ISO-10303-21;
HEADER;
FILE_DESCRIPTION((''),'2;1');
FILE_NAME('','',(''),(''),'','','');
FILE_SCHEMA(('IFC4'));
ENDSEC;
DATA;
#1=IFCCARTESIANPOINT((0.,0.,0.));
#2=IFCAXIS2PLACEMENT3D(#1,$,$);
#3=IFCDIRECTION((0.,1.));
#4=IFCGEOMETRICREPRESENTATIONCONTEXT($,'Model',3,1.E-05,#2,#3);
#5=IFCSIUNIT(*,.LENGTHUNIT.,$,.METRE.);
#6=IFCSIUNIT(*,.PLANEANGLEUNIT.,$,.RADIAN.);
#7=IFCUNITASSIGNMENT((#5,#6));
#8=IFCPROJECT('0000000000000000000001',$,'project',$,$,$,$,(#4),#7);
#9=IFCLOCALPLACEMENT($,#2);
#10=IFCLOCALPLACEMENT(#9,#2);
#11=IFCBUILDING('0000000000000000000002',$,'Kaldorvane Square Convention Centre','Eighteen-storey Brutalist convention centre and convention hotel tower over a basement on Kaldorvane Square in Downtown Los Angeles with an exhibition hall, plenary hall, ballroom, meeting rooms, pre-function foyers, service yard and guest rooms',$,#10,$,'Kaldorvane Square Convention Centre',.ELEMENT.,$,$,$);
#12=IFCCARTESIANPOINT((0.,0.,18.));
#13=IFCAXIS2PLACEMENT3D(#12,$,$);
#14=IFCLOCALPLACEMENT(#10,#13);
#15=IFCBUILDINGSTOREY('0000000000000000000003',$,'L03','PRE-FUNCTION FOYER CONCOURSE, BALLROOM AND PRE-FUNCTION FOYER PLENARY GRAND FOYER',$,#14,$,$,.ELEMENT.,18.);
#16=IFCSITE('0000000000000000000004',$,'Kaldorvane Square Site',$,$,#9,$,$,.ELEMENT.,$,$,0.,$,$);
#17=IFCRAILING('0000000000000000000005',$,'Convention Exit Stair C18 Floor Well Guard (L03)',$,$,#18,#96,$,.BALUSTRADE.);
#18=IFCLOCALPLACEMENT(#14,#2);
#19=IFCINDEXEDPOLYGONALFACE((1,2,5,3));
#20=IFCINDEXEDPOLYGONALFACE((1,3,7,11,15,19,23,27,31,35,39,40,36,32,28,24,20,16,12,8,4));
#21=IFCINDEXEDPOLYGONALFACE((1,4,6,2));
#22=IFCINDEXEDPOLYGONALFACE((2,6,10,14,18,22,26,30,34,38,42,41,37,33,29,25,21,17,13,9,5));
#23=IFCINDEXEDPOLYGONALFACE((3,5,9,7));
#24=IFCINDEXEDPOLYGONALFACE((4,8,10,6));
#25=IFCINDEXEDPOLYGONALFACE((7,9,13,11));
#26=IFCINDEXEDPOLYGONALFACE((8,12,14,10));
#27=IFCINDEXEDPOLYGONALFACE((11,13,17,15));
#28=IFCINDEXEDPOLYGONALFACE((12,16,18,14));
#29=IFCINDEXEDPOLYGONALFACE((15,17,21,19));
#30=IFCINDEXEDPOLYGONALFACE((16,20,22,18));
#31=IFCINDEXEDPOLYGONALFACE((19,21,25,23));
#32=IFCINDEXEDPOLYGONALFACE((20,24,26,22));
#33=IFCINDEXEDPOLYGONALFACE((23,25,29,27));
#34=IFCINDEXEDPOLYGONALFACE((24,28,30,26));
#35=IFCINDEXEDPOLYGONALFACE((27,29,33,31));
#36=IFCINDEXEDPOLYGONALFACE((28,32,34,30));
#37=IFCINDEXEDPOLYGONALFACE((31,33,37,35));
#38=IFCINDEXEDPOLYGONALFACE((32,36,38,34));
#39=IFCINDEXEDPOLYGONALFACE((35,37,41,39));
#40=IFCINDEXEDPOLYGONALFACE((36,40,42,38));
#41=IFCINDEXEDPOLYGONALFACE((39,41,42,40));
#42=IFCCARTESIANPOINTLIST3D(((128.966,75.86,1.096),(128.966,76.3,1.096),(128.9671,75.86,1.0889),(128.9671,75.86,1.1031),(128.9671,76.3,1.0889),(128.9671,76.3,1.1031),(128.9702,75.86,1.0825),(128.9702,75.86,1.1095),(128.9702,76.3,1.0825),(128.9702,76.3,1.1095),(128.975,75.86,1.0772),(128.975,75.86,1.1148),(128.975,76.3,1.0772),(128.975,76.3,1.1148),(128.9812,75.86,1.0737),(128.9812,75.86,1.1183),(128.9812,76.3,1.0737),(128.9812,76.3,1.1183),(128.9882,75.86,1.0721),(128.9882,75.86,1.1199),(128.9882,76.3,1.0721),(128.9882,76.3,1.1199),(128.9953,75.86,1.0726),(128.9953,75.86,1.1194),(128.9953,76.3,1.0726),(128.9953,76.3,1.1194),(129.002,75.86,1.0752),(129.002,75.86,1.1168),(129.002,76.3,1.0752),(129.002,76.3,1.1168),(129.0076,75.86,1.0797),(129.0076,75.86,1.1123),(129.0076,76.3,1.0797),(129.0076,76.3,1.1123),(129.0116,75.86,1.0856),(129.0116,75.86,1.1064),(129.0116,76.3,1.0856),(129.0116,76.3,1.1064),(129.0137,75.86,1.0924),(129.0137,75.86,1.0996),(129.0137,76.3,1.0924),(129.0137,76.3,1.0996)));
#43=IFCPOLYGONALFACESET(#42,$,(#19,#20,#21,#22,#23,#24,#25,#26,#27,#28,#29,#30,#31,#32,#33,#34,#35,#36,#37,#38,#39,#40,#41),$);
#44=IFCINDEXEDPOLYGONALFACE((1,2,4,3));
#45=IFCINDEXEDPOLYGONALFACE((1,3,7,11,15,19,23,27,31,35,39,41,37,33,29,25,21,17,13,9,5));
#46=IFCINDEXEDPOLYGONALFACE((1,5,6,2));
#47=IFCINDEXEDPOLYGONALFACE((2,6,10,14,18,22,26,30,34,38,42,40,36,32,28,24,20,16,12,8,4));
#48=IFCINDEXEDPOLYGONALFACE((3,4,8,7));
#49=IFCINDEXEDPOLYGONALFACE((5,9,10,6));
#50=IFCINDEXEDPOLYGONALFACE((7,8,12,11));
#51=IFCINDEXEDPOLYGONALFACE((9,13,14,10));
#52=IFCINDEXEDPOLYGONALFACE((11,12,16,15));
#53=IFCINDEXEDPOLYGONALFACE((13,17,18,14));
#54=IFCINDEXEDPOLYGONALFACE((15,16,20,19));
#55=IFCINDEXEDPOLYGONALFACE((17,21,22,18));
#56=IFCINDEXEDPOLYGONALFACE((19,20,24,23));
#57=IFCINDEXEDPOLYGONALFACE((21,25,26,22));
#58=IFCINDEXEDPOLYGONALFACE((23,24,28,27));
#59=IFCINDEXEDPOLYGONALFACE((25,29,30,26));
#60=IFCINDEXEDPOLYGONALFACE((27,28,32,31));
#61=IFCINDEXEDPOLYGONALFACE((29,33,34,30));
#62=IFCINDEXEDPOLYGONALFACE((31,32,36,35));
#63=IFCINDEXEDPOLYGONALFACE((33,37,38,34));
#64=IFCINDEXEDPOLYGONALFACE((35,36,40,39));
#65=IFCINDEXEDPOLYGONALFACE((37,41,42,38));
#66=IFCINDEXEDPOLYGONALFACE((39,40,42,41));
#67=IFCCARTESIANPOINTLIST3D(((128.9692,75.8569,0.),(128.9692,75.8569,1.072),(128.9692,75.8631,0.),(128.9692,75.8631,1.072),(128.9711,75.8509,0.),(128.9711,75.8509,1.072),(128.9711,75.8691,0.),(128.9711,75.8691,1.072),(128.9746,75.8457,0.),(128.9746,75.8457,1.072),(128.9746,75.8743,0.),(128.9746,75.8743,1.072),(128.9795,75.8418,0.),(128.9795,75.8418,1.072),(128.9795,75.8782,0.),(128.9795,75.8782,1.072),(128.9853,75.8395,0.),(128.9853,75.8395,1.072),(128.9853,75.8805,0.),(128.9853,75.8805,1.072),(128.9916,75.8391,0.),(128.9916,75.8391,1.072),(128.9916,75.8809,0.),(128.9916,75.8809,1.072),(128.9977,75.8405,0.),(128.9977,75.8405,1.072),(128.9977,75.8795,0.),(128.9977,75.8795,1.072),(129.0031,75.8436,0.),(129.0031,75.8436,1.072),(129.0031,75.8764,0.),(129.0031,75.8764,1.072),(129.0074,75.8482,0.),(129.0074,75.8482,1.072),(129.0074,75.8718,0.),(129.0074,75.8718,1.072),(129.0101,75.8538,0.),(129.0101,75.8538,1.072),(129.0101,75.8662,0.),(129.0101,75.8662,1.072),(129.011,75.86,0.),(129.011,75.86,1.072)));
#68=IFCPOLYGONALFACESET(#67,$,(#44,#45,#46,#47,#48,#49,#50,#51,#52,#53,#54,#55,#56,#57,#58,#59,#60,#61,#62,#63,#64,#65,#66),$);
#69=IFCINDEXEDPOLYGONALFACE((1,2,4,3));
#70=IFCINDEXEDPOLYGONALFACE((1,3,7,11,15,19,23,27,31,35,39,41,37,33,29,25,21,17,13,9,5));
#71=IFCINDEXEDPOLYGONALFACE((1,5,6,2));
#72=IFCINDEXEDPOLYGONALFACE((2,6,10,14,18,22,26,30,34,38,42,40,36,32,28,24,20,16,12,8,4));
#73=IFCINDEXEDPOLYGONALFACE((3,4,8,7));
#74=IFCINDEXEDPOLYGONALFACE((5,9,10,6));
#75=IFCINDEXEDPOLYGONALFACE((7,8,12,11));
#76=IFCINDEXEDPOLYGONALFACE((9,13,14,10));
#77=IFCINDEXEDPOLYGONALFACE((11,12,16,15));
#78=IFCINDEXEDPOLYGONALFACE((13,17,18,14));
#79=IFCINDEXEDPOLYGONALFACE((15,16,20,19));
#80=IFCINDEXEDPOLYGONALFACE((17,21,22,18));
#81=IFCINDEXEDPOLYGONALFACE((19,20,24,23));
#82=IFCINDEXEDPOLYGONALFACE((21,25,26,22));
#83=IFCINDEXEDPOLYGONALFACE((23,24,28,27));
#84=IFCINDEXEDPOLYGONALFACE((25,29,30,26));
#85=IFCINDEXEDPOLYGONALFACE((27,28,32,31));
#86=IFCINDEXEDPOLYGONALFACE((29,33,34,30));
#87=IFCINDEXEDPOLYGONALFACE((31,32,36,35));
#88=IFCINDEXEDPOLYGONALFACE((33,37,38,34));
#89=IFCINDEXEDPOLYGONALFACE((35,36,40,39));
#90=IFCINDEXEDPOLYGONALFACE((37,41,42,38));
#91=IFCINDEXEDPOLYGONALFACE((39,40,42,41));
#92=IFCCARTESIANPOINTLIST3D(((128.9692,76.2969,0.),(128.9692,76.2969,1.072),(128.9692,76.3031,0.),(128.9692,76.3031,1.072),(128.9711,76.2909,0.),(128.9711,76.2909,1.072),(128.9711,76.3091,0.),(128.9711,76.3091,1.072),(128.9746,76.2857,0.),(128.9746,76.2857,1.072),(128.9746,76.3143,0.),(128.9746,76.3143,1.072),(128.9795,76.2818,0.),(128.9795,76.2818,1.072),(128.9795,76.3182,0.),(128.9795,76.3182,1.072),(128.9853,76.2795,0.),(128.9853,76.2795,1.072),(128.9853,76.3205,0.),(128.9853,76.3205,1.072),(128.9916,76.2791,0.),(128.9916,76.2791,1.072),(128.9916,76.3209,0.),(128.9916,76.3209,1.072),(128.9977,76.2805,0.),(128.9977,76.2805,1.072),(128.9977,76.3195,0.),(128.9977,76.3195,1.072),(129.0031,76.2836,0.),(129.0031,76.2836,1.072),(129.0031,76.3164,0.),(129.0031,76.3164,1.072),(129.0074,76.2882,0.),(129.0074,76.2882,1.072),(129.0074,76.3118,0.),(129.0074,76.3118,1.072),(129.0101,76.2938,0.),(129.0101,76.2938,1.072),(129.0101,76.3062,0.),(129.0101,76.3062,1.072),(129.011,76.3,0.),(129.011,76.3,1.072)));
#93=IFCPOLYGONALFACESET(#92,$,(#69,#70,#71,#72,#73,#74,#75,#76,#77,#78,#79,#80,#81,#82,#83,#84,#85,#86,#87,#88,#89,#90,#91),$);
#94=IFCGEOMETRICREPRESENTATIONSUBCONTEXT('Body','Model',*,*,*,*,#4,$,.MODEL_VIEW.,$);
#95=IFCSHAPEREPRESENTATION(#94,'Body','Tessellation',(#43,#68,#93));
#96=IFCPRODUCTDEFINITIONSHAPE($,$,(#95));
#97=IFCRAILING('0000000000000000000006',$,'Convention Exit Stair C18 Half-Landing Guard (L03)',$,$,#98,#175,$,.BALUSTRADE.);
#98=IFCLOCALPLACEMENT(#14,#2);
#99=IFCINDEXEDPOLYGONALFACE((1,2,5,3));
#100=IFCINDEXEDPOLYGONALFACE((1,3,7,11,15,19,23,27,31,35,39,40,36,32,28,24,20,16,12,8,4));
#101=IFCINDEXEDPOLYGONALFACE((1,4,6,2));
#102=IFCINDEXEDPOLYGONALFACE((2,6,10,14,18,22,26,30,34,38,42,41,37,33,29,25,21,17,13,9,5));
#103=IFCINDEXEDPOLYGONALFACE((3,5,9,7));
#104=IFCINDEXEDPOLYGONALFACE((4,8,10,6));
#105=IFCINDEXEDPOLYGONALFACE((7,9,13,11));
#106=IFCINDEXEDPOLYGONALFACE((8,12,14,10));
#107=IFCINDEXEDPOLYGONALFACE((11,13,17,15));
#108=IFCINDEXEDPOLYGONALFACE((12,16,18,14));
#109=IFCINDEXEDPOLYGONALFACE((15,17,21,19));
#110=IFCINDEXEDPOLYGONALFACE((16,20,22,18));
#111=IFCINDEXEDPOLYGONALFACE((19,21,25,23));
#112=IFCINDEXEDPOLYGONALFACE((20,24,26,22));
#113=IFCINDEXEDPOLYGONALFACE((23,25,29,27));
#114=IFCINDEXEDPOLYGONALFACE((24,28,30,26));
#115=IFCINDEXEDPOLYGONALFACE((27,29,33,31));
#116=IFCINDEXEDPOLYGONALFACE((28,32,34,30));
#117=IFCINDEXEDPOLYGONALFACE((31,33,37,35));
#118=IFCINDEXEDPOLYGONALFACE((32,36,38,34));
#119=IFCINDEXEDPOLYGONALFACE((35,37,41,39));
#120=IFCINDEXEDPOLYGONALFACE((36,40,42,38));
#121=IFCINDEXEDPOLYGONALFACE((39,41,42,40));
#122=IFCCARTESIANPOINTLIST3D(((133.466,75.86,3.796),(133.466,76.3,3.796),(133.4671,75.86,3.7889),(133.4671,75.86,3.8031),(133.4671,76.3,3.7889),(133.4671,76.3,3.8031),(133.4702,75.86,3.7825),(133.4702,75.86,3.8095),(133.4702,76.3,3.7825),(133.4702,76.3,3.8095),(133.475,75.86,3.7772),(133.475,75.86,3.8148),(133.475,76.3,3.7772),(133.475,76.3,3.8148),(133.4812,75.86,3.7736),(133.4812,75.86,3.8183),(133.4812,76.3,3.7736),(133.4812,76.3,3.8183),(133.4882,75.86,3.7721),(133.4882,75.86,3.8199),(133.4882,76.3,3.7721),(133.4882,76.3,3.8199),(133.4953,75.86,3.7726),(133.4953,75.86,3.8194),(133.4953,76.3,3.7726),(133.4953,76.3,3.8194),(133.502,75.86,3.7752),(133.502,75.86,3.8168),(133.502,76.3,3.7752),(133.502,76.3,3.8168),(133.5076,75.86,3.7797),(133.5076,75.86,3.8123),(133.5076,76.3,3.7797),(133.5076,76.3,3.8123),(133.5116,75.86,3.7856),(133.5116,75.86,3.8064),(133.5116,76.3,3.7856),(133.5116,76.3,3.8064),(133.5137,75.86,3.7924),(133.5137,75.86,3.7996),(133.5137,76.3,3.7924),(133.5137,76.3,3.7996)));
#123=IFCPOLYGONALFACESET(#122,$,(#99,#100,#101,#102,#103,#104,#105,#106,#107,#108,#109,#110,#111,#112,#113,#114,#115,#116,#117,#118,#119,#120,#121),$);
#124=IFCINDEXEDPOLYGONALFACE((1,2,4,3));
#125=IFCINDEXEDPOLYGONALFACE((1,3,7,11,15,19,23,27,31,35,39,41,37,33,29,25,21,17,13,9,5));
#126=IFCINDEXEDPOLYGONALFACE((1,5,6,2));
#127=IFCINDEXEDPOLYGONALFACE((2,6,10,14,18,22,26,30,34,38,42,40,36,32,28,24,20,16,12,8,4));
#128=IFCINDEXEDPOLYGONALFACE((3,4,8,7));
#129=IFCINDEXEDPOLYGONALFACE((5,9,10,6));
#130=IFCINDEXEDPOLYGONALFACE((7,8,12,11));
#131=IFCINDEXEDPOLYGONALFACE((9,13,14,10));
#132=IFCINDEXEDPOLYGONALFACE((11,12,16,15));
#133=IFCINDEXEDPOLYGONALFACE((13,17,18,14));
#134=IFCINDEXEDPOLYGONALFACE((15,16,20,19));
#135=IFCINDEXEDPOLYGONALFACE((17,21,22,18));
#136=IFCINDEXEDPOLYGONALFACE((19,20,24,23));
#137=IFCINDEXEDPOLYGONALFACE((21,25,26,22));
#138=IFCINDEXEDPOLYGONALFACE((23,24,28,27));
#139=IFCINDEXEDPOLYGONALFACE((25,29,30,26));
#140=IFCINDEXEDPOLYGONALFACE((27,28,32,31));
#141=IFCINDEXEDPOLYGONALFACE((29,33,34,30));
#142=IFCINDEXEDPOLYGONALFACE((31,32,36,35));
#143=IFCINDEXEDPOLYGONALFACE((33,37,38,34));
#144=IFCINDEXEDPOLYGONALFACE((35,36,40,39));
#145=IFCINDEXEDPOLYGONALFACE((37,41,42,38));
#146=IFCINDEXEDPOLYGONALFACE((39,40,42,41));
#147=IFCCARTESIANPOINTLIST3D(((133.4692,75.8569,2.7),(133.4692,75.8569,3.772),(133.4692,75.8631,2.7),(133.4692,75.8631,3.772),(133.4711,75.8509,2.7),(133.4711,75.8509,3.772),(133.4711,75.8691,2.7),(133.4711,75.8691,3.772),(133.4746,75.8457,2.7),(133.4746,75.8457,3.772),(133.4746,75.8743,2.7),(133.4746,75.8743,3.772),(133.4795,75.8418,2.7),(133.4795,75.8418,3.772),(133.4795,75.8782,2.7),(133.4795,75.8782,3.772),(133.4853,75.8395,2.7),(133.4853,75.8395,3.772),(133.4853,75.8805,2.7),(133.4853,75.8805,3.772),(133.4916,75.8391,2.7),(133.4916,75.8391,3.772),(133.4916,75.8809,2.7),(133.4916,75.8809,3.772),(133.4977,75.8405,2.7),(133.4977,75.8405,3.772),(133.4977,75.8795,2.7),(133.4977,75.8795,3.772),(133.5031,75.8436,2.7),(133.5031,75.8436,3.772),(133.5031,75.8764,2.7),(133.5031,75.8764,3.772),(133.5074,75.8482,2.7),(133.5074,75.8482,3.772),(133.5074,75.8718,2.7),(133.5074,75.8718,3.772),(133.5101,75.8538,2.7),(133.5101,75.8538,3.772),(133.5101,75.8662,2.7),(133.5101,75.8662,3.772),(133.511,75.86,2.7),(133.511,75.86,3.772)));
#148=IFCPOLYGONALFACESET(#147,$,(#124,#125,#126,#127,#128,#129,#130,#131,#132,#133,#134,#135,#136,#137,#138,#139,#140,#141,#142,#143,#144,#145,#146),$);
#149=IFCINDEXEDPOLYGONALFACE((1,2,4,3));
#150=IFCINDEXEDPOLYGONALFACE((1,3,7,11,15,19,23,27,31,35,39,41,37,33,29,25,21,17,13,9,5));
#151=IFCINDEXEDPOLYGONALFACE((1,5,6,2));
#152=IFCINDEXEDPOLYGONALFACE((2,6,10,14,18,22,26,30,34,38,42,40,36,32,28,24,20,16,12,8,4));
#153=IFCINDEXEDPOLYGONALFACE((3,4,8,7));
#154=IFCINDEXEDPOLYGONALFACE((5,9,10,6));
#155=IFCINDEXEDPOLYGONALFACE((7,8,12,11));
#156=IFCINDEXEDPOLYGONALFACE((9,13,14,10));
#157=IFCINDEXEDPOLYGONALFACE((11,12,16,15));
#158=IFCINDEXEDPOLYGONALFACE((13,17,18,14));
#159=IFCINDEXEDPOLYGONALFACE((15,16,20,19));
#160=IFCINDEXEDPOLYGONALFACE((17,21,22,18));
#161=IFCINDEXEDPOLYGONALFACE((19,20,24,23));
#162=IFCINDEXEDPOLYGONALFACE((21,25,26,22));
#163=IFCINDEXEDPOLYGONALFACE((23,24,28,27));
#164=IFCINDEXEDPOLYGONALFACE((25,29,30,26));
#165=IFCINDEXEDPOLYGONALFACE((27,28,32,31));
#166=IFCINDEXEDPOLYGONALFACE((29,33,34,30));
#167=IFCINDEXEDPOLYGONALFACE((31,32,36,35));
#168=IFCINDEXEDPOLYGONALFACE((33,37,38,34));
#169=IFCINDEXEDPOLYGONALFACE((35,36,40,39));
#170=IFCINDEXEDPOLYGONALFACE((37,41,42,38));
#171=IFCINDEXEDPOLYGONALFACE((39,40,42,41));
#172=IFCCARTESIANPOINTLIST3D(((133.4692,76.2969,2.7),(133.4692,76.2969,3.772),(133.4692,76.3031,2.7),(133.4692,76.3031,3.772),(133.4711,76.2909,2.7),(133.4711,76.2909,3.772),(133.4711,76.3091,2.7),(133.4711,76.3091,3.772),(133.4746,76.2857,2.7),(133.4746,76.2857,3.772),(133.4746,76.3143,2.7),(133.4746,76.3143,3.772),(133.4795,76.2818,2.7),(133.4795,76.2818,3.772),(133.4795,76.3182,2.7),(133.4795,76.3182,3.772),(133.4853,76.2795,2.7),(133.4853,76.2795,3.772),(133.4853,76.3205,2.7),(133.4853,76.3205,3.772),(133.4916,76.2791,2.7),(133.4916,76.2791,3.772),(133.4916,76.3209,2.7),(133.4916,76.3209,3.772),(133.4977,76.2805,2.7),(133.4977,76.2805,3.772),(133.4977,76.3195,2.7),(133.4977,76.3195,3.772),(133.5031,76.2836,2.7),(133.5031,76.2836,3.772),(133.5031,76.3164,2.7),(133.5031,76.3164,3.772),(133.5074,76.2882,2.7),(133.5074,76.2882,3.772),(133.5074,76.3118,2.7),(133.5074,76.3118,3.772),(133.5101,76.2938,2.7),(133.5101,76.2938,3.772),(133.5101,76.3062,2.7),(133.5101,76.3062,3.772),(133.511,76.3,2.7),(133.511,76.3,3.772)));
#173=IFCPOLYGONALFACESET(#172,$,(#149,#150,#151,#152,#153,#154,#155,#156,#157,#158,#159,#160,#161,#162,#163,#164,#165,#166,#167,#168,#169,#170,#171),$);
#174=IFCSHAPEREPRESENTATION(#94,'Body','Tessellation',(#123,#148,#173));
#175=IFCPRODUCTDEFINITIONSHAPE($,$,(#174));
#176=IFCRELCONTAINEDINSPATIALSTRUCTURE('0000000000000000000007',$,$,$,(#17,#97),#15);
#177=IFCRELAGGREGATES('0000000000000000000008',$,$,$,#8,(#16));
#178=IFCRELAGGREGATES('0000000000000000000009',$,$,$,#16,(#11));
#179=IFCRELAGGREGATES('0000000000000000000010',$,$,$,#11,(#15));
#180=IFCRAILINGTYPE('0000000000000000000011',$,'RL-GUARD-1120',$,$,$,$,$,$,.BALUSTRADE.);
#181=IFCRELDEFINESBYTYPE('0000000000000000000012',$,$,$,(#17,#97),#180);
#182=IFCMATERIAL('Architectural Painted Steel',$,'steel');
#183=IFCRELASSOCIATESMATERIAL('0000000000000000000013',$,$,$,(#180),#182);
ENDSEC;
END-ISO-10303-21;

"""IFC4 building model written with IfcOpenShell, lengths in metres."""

from ifc_helpers import new_model, si_unit, direction, frame, origin, origin_2d, place, context, subcontext, project, spatial, circle, extrude, material, type_object, element, save


model = new_model("IFC4")

# Units and contexts
model_context = context("Model", 3, precision=1e-05, world=origin(), true_north=direction((0.0, 1.0)))
body_context = subcontext(model_context, "Body", "Model", "MODEL_VIEW")
ifc_project = project(units=[si_unit("LENGTHUNIT", "METRE"), si_unit("PLANEANGLEUNIT", "RADIAN")], contexts=[model_context])

# Site, building, storey
site_placement = place(None, origin())
site = spatial("IfcSite", under=ifc_project, at=site_placement, Name="Kaldorvane Square Site", CompositionType="ELEMENT", RefElevation=0.0)
building_placement = place(site_placement, origin())
building = spatial("IfcBuilding", under=site, at=building_placement, Name="Kaldorvane Square Convention Centre", Description="Eighteen-storey Brutalist convention centre and convention hotel tower over a basement on Kaldorvane Square in Downtown Los Angeles with an exhibition hall, plenary hall, ballroom, meeting rooms, pre-function foyers, service yard and guest rooms", LongName="Kaldorvane Square Convention Centre", CompositionType="ELEMENT")
storey_placement = place(building_placement, frame((0.0, 0.0, 18.0)))
storey = spatial("IfcBuildingStorey", under=building, at=storey_placement, Name="L03", Description="PRE-FUNCTION FOYER CONCOURSE, BALLROOM AND PRE-FUNCTION FOYER PLENARY GRAND FOYER", CompositionType="ELEMENT", Elevation=18.0)

# Railings
ifc_material_1 = material(Name="Architectural Painted Steel", Category="steel")
railing_type_1 = type_object("IfcRailingType", Name="RL-GUARD-1120", PredefinedType="BALUSTRADE", material=ifc_material_1)
for number, where, name in (
    (1, (128.99, 75.86, 0.0), "Convention Exit Stair C18 Floor Well Guard (L03)"),
    (2, (133.49, 75.86, 2.7), "Convention Exit Stair C18 Half-Landing Guard (L03)"),
):
    element("IfcRailing", number, at=place(storey_placement, frame(where)), inside=storey, type_object=railing_type_1, Name=name, PredefinedType="BALUSTRADE", context=body_context, shape_type="SweptSolid", body=[
        extrude(circle(Radius=0.024, at=origin_2d()), frame((0.0, 0.0, 1.096), z_axis=(0.0, 1.0, 0.0), x_axis=(-1.0, 0.0, 0.0)), (0.0, 0.0, 1.0), 0.44),
        extrude(circle(Radius=0.021, at=origin_2d()), origin(), (0.0, 0.0, 1.0), 1.072),
        extrude(circle(Radius=0.021, at=origin_2d()), frame((0.0, 0.44, 0.0)), (0.0, 0.0, 1.0), 1.072),
    ])

save(model, "model.ifc")
